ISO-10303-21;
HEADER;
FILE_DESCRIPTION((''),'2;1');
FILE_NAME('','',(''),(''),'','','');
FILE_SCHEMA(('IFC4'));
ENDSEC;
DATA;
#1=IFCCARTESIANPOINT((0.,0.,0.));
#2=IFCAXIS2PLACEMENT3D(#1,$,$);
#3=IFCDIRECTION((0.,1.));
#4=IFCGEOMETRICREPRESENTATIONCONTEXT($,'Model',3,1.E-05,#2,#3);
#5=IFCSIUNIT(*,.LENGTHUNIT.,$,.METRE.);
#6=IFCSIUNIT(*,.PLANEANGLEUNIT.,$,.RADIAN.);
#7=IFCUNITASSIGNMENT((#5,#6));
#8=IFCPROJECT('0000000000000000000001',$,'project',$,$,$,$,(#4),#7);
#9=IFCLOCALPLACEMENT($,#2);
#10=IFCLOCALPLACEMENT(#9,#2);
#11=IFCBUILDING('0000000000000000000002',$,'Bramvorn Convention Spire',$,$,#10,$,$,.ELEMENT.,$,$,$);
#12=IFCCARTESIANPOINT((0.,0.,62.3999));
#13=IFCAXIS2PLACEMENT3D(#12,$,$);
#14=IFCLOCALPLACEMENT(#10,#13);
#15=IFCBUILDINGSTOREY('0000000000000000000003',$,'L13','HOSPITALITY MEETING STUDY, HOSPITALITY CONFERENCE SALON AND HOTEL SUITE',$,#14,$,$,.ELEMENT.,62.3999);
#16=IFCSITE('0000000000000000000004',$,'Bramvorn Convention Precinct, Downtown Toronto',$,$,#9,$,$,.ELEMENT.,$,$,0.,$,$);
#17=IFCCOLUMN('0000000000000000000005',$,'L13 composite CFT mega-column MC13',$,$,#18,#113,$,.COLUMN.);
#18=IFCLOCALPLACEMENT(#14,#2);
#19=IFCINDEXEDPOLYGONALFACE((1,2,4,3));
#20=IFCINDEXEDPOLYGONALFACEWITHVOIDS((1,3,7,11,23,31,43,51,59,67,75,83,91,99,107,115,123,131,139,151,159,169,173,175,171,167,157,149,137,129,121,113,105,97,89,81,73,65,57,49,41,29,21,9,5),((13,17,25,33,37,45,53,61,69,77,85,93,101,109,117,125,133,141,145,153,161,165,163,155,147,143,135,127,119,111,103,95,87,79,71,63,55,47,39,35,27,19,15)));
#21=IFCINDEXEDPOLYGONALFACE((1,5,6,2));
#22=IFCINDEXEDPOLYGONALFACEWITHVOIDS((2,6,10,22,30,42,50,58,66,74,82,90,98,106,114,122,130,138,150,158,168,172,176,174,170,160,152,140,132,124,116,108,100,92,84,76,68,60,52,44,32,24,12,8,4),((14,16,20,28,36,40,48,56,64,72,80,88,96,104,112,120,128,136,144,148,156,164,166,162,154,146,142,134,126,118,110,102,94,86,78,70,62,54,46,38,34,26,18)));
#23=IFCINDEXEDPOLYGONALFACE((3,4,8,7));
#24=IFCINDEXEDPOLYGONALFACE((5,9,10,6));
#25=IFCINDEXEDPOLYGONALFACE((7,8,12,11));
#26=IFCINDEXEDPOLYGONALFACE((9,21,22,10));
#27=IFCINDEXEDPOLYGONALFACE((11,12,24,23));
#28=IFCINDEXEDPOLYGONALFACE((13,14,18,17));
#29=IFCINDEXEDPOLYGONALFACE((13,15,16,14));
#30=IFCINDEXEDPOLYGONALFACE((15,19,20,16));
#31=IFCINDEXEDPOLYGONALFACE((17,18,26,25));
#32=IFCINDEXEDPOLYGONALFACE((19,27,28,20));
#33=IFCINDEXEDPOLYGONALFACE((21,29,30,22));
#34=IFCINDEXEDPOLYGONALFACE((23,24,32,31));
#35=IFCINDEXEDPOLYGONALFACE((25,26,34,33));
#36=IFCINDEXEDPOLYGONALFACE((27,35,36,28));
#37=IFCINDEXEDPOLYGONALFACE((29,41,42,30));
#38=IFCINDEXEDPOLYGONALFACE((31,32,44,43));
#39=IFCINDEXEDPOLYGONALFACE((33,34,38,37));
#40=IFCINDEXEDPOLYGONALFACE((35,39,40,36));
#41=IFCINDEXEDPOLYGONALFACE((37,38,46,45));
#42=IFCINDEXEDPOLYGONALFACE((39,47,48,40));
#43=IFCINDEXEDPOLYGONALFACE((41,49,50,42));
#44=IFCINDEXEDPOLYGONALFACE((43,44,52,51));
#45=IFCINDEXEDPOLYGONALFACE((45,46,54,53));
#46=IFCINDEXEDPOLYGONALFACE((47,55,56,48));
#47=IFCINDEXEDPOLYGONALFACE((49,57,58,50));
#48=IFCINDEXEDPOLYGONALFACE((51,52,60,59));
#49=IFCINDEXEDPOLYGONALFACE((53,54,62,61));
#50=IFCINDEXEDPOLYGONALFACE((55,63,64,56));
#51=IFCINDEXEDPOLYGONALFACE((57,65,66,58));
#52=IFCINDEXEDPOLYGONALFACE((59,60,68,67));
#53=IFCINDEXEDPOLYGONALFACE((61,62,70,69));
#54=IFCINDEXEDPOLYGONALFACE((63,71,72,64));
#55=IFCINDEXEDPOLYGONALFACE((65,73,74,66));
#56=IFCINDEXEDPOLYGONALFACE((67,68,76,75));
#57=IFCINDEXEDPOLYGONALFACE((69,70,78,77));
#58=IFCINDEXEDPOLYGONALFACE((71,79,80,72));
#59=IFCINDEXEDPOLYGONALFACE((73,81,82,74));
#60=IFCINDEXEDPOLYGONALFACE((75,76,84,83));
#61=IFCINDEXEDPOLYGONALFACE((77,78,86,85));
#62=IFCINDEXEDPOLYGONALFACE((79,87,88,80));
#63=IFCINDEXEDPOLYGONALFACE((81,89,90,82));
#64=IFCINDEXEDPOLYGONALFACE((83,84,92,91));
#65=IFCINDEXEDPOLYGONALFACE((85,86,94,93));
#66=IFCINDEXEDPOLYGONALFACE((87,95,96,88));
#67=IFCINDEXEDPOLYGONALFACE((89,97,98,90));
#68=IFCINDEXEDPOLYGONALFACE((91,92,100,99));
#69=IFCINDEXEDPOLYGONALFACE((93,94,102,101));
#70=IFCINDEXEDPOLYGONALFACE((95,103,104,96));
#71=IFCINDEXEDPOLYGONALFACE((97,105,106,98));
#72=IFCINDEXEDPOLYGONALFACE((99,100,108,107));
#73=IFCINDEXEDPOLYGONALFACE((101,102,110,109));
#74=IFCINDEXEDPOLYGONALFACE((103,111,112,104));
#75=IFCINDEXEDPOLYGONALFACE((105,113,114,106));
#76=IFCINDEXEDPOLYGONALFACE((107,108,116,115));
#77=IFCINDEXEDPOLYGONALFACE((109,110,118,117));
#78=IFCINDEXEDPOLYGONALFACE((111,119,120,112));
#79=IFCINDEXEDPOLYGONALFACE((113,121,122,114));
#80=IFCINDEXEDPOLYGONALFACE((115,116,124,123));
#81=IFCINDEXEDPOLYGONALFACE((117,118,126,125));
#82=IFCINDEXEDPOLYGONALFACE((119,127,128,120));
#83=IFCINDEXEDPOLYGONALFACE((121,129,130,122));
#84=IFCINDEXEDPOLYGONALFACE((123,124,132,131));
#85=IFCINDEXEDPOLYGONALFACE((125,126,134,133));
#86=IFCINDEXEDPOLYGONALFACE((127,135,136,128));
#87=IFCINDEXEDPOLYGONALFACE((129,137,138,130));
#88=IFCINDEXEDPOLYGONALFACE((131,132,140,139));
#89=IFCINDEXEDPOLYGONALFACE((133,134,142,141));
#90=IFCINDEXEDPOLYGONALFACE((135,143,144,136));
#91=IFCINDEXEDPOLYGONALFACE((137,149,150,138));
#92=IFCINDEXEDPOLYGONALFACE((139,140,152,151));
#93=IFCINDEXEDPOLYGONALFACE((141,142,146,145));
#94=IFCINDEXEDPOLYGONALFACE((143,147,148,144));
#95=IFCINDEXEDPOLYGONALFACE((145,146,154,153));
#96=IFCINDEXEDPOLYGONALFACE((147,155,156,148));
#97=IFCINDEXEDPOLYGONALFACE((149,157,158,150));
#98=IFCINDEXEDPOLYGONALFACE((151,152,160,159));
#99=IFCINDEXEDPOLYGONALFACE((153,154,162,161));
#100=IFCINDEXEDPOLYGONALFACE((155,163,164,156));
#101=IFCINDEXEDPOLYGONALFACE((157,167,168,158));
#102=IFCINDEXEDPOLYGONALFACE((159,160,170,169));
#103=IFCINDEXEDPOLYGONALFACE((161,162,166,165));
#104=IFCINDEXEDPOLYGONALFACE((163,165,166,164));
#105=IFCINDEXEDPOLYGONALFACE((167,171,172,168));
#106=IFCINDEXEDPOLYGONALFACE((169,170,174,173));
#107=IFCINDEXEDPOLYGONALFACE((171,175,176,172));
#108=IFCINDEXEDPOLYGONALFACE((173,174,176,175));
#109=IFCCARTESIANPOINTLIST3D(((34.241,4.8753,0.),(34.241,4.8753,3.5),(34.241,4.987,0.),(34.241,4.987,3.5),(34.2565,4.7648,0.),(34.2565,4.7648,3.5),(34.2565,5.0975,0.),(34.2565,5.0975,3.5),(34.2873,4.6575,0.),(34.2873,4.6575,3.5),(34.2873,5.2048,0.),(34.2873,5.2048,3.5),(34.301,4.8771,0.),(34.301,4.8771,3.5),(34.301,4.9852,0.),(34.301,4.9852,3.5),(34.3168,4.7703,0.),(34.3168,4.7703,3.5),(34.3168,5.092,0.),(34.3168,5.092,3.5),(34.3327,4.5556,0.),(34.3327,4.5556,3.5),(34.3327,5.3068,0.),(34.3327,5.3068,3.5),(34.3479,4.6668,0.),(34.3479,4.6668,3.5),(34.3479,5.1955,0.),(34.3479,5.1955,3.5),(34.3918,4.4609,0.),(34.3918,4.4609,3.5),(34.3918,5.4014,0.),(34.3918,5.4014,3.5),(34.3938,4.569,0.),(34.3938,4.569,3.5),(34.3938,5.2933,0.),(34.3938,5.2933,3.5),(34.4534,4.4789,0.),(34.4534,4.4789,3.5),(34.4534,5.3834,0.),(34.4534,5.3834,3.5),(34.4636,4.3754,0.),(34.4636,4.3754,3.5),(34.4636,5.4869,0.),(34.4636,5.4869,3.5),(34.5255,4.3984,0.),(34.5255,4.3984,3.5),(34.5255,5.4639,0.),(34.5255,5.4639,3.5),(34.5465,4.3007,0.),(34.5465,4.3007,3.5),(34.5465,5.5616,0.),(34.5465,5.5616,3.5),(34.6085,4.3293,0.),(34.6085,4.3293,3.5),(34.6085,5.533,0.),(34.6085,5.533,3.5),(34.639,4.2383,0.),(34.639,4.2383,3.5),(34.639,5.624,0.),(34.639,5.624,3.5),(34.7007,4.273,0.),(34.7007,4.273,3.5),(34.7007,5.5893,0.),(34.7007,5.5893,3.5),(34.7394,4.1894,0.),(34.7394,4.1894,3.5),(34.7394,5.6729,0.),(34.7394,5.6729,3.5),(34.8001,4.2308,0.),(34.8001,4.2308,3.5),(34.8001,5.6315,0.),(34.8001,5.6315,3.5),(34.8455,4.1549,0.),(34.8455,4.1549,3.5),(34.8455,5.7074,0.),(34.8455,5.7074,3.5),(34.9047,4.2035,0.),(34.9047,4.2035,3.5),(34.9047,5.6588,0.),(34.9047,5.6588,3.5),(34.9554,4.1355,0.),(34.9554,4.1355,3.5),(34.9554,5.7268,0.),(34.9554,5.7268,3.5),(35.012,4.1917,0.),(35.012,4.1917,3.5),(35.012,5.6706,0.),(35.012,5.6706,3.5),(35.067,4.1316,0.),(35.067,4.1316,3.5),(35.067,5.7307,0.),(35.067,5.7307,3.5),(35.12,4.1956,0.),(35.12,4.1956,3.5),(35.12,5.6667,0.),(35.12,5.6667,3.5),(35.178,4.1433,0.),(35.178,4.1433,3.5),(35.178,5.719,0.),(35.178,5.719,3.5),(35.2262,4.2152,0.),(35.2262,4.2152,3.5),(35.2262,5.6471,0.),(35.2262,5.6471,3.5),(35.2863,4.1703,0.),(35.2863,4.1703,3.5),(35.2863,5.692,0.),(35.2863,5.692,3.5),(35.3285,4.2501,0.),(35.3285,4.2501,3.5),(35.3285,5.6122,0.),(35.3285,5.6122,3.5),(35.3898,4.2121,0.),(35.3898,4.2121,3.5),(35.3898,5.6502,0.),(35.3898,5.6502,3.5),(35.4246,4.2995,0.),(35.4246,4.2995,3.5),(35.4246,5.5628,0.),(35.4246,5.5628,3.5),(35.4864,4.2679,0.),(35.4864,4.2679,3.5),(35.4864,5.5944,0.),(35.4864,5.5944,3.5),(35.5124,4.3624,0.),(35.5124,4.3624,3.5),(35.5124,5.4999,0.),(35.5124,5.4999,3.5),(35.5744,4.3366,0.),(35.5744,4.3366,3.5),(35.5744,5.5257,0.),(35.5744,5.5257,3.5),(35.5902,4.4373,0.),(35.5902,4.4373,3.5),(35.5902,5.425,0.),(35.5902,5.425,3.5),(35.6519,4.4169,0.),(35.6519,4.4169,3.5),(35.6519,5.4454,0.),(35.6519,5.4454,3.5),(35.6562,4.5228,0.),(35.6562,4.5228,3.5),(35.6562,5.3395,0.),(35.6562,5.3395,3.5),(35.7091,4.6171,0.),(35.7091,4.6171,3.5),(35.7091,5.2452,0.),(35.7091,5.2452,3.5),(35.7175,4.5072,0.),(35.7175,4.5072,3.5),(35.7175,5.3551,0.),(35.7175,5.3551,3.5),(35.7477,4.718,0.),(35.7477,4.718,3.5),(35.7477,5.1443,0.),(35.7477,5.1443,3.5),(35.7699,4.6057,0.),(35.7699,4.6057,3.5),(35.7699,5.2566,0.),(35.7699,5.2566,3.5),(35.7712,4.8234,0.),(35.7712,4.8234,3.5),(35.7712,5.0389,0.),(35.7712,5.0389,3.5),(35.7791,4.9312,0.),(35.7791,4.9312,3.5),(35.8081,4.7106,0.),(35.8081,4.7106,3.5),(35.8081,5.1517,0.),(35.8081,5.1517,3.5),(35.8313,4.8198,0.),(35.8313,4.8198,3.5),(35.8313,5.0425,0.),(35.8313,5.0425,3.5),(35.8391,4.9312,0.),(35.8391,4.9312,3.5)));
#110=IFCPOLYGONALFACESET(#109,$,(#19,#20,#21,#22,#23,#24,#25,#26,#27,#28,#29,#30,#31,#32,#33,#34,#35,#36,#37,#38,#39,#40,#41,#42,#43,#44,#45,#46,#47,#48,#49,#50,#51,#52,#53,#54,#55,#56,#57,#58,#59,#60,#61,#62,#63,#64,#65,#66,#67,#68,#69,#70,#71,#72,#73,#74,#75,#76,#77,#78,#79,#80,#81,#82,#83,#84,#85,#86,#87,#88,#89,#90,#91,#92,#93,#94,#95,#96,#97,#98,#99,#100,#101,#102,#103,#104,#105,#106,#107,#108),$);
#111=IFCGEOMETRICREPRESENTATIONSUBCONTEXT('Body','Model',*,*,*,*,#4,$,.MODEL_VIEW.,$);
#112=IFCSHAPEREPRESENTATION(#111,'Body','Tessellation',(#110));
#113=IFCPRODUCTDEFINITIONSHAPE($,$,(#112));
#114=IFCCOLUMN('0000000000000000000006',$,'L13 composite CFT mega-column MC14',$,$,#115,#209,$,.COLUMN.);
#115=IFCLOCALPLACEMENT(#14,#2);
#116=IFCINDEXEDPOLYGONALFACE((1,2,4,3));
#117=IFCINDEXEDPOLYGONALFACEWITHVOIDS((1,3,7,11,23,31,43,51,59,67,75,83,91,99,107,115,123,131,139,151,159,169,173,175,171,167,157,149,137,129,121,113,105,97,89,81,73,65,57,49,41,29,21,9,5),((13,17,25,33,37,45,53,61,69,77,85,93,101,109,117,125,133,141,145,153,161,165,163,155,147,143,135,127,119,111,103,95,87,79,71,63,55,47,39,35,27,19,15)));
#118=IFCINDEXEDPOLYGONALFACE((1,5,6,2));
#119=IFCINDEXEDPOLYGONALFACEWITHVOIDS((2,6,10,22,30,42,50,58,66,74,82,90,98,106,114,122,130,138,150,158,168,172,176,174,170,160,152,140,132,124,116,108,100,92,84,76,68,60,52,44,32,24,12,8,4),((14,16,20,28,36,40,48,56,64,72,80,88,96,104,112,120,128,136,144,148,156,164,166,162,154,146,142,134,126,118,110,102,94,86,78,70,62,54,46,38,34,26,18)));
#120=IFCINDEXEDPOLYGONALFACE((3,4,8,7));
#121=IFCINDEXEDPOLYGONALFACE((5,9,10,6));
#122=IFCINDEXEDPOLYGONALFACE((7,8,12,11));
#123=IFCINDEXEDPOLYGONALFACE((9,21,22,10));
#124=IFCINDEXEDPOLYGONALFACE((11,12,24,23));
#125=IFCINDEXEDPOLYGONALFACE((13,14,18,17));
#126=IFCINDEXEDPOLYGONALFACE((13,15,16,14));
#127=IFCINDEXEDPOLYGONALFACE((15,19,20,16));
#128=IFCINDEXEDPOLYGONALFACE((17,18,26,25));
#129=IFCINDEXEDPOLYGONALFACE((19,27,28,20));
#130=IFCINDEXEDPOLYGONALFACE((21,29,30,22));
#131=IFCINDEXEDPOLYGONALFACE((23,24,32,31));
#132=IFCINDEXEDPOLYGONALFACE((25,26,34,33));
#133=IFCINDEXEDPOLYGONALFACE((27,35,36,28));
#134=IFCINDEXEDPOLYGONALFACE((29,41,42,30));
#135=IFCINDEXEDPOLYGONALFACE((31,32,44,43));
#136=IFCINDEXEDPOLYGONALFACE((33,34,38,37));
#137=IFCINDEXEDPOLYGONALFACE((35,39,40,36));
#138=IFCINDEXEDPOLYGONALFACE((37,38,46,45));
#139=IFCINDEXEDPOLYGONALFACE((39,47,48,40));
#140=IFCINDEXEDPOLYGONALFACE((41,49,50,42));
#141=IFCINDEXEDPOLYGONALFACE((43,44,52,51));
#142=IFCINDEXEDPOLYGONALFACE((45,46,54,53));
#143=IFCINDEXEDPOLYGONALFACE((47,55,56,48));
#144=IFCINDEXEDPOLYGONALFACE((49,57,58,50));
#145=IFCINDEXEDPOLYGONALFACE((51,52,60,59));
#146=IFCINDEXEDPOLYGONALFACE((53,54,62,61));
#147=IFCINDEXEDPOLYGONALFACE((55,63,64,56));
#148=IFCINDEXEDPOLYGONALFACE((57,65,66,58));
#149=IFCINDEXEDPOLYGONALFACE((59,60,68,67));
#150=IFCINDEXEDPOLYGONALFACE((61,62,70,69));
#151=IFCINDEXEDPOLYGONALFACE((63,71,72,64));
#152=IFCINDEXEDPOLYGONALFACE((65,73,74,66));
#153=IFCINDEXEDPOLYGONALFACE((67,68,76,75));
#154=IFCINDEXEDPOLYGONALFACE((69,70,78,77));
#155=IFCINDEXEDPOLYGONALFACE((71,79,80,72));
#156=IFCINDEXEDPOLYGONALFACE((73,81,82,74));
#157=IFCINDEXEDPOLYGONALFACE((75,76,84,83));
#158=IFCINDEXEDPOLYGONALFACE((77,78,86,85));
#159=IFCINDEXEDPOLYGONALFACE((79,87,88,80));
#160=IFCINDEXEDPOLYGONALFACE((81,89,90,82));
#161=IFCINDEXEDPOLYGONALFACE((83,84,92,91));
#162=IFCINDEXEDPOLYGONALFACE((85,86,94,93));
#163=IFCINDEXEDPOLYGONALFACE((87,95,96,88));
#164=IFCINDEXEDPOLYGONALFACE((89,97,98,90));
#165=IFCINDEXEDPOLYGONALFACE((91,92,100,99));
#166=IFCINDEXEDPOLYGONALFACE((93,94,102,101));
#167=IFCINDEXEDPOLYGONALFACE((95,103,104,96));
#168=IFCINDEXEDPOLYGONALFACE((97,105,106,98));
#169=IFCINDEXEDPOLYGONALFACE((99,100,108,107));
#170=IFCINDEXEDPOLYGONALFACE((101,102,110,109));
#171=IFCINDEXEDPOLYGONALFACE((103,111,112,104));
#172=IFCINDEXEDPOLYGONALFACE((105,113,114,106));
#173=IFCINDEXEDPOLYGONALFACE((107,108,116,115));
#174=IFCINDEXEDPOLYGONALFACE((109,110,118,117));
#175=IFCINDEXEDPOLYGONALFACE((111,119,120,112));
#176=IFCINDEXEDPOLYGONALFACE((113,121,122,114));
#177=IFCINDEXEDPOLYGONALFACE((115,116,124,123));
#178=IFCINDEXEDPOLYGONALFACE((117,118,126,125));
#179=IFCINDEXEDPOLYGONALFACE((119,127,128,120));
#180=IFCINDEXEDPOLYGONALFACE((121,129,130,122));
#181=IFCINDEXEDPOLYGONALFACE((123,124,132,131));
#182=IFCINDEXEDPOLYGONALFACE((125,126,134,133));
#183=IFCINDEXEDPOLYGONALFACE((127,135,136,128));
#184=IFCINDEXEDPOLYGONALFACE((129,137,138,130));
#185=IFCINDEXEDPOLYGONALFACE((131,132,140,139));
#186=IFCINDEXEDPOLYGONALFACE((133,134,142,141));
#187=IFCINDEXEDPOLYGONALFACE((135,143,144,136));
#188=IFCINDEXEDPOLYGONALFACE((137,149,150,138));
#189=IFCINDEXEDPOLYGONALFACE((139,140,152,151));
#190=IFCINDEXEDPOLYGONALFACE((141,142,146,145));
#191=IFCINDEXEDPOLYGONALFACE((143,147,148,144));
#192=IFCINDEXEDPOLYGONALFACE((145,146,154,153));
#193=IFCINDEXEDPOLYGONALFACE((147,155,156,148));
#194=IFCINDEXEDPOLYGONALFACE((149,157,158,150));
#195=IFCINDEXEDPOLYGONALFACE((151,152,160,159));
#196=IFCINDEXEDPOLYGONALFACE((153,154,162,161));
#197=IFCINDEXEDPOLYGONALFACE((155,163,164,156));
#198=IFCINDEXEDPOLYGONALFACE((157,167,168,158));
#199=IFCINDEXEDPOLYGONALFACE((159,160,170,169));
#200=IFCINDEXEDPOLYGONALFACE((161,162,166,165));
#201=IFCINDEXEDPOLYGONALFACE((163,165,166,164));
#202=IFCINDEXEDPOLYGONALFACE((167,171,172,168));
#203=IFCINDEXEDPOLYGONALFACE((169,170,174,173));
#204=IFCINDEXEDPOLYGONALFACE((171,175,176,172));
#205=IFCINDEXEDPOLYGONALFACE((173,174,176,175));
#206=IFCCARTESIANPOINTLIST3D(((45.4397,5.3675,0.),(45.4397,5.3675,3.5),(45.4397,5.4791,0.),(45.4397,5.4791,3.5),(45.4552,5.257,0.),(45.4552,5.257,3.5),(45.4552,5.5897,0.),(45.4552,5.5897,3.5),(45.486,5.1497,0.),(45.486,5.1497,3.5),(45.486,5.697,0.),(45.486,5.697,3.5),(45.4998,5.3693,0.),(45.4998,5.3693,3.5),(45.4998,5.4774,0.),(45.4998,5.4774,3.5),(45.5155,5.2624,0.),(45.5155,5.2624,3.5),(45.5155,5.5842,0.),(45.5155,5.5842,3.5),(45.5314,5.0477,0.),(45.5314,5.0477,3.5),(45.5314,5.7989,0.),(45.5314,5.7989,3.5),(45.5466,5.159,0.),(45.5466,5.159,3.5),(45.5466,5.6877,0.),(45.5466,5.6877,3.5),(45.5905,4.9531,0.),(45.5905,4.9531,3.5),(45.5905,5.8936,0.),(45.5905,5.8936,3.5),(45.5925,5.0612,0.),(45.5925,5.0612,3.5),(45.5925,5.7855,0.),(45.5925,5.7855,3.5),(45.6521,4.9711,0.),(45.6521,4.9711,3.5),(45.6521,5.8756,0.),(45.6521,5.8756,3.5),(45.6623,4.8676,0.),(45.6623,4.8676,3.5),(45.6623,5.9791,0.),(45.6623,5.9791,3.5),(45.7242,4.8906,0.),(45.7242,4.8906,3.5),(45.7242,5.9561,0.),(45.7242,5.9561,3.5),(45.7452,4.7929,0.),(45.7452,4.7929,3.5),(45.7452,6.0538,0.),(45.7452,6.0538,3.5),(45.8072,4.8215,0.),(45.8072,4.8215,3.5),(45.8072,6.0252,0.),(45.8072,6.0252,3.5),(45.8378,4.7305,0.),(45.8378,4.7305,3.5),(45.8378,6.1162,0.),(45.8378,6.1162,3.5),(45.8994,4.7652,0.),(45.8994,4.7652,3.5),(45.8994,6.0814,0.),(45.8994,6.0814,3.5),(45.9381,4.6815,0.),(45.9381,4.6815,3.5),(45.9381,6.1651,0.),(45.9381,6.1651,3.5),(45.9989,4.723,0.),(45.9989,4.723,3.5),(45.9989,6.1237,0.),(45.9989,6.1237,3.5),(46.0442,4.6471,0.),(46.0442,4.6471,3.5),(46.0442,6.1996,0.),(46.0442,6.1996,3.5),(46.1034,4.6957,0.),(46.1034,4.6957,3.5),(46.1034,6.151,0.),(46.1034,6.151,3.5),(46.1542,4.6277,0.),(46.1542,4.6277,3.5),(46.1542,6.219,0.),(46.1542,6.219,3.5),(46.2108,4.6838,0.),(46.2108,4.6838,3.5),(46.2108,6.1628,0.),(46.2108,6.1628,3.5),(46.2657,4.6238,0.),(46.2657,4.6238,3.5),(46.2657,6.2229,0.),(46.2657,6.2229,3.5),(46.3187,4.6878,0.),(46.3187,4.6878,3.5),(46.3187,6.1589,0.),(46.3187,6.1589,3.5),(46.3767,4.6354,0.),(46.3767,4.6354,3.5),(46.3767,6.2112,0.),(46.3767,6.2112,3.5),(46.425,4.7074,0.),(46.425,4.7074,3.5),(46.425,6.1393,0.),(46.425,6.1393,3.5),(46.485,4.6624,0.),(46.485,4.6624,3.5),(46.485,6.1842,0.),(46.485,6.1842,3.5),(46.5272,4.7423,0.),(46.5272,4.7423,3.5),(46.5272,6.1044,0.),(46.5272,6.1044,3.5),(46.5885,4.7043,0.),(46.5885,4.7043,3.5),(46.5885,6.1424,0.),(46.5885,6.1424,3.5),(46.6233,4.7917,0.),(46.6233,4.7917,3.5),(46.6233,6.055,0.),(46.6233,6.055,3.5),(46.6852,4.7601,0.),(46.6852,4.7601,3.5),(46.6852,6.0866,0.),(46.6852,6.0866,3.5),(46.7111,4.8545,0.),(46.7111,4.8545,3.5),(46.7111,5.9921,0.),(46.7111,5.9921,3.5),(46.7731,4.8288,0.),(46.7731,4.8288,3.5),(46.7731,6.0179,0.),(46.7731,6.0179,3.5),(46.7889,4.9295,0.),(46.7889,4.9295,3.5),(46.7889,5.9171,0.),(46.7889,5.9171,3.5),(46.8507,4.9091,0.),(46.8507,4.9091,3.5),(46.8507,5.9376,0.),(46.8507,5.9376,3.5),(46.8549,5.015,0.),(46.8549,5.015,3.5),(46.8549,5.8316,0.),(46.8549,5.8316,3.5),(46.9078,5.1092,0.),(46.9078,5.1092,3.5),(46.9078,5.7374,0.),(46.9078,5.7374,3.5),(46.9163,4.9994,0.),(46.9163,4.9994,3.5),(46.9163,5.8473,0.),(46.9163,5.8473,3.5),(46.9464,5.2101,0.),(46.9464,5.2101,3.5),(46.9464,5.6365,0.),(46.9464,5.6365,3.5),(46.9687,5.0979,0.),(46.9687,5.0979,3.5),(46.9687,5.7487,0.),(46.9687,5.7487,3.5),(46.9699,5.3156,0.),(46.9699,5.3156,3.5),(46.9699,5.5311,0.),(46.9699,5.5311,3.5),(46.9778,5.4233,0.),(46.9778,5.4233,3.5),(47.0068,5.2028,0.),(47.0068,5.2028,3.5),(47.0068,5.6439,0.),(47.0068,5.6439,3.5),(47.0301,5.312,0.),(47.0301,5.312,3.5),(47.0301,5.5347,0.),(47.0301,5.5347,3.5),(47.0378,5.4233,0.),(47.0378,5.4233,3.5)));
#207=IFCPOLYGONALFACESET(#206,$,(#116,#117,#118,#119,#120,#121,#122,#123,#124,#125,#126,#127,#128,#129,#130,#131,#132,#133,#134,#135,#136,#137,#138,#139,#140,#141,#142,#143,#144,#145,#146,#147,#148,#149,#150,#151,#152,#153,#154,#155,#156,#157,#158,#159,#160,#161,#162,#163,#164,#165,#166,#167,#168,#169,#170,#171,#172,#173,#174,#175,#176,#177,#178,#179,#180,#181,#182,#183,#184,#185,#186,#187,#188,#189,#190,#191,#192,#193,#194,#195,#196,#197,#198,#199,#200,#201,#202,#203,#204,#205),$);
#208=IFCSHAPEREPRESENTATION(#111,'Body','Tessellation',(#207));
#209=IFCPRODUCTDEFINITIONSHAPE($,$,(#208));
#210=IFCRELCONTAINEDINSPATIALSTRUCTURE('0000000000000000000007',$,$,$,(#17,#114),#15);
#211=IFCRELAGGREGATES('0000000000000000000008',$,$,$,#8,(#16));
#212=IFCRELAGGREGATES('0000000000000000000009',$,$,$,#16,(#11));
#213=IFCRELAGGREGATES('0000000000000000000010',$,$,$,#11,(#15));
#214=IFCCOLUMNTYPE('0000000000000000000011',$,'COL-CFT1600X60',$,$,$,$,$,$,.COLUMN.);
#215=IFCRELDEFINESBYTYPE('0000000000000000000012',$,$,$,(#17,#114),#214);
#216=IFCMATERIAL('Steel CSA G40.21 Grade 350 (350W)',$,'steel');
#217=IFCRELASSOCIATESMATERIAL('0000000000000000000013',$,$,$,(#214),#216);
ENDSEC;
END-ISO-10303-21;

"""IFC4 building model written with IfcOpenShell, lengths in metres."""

from ifc_helpers import new_model, si_unit, direction, frame, origin, origin_2d, place, context, subcontext, project, spatial, hollow_circle, extrude, material, material_profile, profile_set, type_object, element, save


model = new_model("IFC4")

# Units and contexts
model_context = context("Model", 3, precision=1e-05, world=origin(), true_north=direction((0.0, 1.0)))
body_context = subcontext(model_context, "Body", "Model", "MODEL_VIEW")
ifc_project = project(units=[si_unit("LENGTHUNIT", "METRE"), si_unit("PLANEANGLEUNIT", "RADIAN")], contexts=[model_context])

# Site, building, storey
site_placement = place(None, origin())
site = spatial("IfcSite", under=ifc_project, at=site_placement, Name="Bramvorn Convention Precinct, Downtown Toronto", CompositionType="ELEMENT", RefElevation=0.0)
building_placement = place(site_placement, origin())
building = spatial("IfcBuilding", under=site, at=building_placement, Name="Bramvorn Convention Spire", CompositionType="ELEMENT")
storey_placement = place(building_placement, frame((0.0, 0.0, 62.3999)))
storey = spatial("IfcBuildingStorey", under=building, at=storey_placement, Name="L13", Description="HOSPITALITY MEETING STUDY, HOSPITALITY CONFERENCE SALON AND HOTEL SUITE", CompositionType="ELEMENT", Elevation=62.3999)

# Columns
ifc_material_1 = material(Name="Steel CSA G40.21 Grade 350 (350W)", Category="steel")
ifc_material_profile_1 = material_profile(ifc_material_1, hollow_circle(Radius=0.8, WallThickness=0.0601, at=origin_2d()))
ifc_profile_set_1 = profile_set([ifc_material_profile_1], Name="Steel CSA G40.21 Grade 350 (350W) - CFT1600X60")
column_type = type_object("IfcColumnType", Name="COL-CFT1600X60", PredefinedType="COLUMN", material=ifc_profile_set_1)
for number, where, z_axis, x_axis, name in (
    (1, (35.0391, 4.9312, 0.0), (0.0, 0.0, 1.0), (1.0, 0.0, 0.0), "L13 composite CFT mega-column MC13"),
    (2, (46.2378, 5.4233, 0.0), (0.0, 0.0, 1.0), (1.0, 0.0, 0.0), "L13 composite CFT mega-column MC14"),
):
    element("IfcColumn", number, at=place(storey_placement, frame(where, z_axis=z_axis, x_axis=x_axis)), inside=storey, type_object=column_type, Name=name, PredefinedType="COLUMN", context=body_context, shape_type="SweptSolid", body=[
        extrude(hollow_circle(Radius=0.8, WallThickness=0.0601, at=origin_2d()), origin(), (0.0, 0.0, 1.0), 3.5),
    ])

save(model, "model.ifc")
